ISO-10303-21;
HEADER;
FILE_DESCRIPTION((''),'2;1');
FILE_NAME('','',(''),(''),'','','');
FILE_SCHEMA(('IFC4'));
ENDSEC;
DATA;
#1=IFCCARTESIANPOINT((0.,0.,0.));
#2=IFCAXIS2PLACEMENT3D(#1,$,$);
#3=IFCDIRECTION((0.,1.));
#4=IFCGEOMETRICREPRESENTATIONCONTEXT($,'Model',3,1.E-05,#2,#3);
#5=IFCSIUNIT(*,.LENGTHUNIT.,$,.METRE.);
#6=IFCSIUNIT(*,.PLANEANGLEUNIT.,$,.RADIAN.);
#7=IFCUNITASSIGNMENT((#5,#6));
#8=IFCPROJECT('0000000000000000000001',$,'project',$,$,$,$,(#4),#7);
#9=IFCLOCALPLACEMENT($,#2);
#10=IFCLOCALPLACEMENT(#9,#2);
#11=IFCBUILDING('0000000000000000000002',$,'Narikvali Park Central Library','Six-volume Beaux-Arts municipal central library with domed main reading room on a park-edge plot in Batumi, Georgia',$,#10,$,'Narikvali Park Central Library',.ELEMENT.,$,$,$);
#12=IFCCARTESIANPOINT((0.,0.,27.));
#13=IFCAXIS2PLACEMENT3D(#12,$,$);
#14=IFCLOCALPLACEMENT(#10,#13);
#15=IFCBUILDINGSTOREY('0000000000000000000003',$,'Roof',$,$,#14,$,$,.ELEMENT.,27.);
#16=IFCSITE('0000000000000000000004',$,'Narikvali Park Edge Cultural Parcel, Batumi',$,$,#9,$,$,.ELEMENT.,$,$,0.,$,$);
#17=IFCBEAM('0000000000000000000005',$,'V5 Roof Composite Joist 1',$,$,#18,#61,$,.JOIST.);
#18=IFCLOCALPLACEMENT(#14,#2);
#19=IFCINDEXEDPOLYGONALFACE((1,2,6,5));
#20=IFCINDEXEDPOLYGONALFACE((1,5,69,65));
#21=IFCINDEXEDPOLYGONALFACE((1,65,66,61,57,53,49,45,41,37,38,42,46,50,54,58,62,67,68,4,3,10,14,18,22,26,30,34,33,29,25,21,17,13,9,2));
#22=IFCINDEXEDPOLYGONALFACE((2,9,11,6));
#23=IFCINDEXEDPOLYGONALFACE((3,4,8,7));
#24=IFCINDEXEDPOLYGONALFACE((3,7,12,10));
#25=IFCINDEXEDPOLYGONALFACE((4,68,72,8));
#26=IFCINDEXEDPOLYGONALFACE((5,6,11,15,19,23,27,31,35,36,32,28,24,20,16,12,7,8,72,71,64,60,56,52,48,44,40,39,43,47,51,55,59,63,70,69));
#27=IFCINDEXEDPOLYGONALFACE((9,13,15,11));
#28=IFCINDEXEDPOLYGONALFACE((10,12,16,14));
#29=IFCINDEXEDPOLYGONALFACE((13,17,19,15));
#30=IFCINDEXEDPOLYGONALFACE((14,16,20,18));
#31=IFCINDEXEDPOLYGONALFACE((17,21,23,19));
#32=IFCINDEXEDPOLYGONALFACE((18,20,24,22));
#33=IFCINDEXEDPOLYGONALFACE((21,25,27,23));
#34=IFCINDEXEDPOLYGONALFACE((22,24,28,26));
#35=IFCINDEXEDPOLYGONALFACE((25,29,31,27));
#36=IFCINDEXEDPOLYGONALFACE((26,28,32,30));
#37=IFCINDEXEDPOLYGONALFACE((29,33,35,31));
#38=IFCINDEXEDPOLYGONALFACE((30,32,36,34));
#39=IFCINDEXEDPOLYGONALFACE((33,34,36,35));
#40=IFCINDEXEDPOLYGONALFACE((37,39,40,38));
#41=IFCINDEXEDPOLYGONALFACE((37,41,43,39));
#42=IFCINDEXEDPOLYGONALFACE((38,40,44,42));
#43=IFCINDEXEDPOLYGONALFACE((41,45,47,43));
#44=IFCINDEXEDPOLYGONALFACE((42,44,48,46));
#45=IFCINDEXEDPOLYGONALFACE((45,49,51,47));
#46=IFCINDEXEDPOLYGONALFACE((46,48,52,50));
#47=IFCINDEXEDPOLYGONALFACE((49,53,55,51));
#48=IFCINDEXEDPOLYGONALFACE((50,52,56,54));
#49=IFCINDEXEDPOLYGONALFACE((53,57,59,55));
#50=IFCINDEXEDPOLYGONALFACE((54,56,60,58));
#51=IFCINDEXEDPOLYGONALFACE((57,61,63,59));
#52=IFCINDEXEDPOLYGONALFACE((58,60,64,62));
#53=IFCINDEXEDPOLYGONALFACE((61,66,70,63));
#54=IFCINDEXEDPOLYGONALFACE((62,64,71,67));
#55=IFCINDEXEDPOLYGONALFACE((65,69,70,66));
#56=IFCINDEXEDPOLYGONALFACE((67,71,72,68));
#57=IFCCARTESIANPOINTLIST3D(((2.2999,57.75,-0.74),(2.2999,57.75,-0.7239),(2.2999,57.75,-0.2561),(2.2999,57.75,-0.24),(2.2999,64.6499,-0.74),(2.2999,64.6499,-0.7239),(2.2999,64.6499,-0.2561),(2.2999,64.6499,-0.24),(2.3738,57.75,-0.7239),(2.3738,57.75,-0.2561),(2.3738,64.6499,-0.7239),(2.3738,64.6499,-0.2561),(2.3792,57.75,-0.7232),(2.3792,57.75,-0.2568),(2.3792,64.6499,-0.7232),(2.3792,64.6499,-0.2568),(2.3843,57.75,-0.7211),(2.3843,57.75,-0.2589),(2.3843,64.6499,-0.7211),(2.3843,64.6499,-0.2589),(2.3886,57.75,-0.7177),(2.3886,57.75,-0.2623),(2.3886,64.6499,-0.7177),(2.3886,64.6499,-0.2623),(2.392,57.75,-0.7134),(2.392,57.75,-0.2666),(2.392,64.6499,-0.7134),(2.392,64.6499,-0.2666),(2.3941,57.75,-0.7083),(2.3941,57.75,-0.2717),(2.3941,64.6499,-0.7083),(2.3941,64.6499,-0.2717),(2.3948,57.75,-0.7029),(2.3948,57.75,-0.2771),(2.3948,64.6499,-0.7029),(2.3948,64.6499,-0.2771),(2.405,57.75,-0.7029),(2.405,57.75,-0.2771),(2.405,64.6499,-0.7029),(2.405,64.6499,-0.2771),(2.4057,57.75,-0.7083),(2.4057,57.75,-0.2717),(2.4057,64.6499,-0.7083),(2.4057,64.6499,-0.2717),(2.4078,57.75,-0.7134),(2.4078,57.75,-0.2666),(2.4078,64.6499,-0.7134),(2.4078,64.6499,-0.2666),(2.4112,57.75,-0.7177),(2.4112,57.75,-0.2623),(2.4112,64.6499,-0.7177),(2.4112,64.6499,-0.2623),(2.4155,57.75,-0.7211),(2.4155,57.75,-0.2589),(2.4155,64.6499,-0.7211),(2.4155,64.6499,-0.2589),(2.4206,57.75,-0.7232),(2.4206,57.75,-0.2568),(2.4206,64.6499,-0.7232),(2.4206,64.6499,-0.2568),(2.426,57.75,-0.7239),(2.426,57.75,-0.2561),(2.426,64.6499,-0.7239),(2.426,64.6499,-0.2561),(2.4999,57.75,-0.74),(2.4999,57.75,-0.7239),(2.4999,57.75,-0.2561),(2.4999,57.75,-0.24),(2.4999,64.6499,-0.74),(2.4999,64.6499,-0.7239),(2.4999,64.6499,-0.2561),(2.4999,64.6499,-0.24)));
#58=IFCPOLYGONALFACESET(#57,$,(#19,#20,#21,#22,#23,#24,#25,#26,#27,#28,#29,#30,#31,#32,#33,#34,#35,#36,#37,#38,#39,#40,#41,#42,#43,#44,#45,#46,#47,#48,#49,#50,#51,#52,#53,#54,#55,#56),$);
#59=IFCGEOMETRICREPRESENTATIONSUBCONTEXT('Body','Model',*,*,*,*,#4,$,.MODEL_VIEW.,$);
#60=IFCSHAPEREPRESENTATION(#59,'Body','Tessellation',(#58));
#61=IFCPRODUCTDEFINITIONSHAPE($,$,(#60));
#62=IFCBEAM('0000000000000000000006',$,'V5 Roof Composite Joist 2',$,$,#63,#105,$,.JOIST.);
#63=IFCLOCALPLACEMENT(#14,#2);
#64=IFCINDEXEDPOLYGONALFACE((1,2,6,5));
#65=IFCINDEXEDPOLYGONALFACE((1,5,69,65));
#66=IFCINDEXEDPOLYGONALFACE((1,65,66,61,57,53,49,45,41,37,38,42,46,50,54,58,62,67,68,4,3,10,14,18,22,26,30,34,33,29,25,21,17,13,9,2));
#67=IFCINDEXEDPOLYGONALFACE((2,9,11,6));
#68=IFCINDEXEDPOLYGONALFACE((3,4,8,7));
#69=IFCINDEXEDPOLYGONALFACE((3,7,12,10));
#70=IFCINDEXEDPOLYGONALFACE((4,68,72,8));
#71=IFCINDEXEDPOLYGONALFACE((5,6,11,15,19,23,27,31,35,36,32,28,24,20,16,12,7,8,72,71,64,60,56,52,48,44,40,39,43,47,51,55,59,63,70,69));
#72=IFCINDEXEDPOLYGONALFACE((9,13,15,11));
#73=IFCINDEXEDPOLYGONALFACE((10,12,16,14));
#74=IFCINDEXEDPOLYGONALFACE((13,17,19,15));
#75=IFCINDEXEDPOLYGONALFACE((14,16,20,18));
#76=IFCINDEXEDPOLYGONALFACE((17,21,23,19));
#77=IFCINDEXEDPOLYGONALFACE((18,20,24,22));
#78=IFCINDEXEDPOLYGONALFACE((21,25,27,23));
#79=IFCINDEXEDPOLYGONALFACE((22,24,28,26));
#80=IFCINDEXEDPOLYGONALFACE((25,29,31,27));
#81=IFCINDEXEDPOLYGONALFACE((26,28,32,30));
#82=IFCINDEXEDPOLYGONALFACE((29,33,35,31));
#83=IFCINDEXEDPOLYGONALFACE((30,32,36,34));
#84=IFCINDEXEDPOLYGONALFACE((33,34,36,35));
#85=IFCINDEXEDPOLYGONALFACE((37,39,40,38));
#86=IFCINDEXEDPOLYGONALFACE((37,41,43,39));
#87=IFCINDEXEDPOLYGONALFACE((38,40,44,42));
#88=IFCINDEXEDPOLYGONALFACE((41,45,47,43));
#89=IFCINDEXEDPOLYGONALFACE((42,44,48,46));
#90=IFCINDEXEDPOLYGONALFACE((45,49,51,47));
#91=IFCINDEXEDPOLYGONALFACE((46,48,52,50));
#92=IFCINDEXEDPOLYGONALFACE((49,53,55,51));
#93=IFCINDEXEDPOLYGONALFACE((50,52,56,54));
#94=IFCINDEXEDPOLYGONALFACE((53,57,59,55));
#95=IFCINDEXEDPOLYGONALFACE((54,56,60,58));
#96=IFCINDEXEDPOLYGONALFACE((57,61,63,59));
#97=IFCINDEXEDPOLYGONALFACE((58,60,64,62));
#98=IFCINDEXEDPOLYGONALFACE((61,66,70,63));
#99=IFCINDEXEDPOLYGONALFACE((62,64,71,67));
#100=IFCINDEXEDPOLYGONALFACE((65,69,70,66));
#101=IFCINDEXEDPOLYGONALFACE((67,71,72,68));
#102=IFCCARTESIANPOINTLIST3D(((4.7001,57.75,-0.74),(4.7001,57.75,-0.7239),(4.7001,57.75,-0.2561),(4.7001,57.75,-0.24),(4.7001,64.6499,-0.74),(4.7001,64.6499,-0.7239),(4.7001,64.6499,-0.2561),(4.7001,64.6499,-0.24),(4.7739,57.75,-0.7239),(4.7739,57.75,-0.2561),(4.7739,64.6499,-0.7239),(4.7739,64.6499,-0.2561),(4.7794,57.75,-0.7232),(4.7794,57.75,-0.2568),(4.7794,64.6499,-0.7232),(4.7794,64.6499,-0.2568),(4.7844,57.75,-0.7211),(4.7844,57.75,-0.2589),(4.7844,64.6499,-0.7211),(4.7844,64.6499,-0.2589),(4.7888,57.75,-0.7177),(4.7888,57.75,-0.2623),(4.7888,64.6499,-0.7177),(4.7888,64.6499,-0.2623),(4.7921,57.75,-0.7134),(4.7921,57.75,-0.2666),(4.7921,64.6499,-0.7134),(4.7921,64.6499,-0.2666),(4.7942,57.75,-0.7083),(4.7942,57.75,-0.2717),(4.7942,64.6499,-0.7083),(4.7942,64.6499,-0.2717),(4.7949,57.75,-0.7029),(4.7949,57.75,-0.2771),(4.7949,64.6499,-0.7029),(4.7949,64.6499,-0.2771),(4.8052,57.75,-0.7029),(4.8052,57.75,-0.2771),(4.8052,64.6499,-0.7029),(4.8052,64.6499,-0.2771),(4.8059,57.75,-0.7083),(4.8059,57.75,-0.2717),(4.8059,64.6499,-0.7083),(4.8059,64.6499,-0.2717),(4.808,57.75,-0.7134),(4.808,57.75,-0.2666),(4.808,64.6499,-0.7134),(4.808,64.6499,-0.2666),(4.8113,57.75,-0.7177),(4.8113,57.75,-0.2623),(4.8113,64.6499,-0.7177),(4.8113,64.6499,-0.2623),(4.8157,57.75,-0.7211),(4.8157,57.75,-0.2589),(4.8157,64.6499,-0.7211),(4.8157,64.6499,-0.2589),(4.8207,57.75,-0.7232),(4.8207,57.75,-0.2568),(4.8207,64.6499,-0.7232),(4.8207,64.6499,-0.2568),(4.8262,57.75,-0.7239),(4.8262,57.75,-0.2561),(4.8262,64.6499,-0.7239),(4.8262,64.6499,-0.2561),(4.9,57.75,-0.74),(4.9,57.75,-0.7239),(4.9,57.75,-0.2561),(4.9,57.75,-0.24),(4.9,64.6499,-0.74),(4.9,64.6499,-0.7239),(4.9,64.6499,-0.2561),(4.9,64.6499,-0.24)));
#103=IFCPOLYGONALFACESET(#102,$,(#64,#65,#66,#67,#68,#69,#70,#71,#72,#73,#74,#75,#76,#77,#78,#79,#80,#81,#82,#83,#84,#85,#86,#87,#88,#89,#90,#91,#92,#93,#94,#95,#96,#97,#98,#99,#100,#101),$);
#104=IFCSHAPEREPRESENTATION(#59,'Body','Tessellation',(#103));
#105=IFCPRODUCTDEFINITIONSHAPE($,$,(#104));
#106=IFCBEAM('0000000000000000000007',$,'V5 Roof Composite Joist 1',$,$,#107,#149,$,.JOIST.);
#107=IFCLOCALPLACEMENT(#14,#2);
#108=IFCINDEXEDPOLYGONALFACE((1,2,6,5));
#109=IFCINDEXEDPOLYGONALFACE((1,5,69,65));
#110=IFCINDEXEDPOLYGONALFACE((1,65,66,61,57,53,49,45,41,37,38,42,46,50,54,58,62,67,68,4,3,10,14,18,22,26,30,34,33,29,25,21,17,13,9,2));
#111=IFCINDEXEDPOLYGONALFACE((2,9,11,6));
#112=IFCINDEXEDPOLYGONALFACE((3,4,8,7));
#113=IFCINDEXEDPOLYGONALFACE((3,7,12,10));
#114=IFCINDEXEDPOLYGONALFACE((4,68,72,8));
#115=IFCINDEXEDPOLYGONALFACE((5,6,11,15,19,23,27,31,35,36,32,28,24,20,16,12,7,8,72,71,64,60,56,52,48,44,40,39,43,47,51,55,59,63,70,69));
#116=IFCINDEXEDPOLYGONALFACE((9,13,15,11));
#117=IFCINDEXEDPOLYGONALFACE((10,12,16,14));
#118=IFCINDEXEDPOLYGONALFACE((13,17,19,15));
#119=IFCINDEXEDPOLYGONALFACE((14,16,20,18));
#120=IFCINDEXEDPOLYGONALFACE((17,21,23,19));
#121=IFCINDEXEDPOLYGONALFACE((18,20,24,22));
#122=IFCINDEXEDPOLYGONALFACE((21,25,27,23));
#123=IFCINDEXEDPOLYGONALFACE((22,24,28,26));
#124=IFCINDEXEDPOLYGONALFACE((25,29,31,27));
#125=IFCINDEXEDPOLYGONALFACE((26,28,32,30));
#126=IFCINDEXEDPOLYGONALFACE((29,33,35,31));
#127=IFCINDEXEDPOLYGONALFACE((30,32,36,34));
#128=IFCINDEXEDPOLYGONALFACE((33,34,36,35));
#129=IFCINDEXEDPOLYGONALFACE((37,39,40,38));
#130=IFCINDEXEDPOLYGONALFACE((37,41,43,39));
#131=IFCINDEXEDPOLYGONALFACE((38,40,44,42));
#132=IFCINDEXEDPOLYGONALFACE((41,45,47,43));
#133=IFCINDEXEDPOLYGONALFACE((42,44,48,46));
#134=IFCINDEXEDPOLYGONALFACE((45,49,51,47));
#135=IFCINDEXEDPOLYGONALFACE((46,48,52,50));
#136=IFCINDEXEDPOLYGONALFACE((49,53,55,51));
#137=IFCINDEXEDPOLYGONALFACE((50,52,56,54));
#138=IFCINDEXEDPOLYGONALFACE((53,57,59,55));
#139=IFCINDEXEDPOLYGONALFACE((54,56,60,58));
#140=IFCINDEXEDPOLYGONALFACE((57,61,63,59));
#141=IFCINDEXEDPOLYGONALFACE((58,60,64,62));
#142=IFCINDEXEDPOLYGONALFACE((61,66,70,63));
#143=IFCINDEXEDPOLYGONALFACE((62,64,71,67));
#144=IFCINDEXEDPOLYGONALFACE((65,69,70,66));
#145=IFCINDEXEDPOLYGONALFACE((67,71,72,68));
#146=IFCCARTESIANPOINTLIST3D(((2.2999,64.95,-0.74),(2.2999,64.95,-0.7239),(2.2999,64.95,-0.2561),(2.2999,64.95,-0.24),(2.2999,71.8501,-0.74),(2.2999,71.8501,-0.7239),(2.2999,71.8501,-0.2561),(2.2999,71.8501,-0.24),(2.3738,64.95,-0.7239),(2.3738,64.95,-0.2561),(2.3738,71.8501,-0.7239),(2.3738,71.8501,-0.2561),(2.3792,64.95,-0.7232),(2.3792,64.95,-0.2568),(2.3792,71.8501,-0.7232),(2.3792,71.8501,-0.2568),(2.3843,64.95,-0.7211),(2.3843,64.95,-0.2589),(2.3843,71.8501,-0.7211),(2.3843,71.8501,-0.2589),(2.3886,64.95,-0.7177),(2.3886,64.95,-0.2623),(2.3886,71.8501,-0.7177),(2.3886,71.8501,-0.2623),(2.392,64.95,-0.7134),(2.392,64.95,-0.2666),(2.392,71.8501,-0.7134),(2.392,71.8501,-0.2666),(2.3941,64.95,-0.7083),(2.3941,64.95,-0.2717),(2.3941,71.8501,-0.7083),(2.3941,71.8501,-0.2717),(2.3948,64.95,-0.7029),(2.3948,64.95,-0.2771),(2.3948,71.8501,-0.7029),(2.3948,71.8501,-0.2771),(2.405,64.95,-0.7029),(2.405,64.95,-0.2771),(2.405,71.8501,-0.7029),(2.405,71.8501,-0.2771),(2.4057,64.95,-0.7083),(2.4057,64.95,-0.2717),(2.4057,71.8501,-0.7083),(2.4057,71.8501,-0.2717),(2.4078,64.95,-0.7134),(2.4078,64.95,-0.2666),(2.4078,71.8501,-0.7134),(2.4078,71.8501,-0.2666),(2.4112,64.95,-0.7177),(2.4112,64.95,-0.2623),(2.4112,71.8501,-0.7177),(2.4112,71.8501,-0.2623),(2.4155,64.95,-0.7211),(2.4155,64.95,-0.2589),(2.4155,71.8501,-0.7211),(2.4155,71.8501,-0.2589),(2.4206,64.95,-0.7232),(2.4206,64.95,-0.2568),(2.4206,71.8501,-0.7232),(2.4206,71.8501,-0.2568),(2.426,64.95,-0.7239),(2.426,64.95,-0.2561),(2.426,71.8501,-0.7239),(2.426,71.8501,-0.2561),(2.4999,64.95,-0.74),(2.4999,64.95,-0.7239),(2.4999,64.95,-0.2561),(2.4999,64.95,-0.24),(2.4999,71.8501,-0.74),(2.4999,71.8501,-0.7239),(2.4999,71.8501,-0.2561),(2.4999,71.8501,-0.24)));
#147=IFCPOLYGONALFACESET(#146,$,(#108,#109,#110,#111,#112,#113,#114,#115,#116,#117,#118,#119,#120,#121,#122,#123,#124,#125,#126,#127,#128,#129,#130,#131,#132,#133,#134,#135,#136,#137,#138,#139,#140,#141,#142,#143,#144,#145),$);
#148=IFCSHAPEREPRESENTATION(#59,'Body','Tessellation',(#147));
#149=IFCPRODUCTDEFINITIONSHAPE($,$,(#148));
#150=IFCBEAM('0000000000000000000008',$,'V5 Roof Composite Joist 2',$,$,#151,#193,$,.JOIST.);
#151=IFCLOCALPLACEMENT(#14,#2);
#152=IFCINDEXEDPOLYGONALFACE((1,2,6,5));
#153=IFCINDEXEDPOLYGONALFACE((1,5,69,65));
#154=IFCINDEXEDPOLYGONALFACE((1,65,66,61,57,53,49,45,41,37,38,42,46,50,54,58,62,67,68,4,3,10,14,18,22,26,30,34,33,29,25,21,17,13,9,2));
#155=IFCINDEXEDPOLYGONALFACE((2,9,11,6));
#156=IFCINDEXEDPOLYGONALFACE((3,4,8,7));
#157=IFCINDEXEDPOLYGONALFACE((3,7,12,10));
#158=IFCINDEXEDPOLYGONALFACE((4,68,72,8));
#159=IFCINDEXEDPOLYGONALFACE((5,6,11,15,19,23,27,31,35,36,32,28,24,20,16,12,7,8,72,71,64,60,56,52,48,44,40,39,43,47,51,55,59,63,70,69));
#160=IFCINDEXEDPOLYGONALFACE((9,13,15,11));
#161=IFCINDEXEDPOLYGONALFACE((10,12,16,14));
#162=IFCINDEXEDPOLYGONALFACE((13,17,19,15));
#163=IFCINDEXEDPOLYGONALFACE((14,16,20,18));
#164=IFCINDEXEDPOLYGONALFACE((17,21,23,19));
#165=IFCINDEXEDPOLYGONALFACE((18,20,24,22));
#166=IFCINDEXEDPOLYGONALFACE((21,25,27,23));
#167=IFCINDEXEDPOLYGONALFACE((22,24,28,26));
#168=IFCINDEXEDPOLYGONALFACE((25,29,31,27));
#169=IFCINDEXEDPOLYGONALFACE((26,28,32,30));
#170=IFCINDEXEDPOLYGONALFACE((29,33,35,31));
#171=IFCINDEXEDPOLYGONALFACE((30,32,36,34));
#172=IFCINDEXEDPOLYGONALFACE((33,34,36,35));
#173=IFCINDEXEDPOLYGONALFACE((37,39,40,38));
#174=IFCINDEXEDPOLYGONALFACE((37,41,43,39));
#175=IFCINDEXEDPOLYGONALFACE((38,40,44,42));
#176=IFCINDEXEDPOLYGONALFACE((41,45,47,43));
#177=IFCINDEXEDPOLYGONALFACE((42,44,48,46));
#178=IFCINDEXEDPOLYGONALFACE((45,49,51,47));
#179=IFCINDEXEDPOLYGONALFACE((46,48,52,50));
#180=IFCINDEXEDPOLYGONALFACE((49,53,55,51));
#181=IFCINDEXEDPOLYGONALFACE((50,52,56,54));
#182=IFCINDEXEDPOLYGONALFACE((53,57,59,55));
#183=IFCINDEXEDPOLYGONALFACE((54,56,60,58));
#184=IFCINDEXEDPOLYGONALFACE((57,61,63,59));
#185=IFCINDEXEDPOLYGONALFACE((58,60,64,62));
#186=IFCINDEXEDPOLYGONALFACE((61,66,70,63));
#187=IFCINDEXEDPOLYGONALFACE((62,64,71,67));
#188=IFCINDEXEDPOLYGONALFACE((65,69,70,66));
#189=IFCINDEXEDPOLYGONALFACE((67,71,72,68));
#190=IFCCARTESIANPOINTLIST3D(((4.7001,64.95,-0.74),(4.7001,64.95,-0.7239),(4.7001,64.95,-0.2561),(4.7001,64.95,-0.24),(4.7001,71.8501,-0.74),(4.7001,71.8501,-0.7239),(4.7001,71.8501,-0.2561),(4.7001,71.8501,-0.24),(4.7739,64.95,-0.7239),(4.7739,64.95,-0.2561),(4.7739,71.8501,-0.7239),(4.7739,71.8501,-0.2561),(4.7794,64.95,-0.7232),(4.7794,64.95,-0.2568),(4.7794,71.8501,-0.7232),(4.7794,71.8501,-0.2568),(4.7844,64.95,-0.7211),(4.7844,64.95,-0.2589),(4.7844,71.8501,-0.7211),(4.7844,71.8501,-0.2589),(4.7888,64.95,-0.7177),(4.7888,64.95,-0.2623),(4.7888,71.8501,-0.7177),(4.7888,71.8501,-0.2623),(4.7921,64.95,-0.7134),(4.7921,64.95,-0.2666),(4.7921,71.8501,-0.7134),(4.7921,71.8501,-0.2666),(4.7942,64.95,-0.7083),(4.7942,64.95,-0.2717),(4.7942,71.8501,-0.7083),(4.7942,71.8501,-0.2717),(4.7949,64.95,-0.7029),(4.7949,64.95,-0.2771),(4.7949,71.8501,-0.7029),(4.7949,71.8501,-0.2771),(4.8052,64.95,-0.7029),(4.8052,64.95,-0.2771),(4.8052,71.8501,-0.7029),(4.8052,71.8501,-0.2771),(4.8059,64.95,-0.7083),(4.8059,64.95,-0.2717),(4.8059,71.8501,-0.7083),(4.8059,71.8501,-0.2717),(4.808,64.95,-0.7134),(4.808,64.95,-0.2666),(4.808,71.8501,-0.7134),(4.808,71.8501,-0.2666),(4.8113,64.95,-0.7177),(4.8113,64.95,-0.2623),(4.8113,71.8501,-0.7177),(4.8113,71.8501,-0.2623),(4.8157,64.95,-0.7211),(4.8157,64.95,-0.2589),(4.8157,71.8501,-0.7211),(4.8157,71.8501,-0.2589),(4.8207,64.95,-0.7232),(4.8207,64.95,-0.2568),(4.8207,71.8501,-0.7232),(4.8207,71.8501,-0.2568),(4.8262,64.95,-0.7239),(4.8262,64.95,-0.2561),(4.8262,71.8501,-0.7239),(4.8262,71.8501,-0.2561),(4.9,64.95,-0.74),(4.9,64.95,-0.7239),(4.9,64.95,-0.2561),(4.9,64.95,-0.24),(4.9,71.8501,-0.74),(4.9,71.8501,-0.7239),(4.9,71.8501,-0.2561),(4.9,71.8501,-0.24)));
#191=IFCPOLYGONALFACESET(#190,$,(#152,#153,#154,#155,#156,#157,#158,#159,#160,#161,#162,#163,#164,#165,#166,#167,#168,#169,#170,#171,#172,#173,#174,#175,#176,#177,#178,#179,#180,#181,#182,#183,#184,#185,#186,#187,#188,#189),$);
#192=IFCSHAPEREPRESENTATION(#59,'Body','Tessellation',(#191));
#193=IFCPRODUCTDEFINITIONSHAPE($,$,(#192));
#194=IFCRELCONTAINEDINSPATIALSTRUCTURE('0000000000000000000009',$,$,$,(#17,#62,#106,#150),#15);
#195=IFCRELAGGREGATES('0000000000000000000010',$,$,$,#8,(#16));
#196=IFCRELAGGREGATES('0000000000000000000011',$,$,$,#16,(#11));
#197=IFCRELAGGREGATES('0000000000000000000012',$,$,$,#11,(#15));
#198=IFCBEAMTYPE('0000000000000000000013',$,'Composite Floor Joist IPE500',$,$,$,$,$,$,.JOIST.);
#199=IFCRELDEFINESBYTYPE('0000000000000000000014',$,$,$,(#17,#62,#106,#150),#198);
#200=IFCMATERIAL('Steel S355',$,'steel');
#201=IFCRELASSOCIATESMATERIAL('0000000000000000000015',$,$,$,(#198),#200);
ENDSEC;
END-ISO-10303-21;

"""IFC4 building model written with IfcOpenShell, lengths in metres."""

from ifc_helpers import new_model, si_unit, direction, frame, origin, origin_2d, place, context, subcontext, project, spatial, i_section, extrude, material, material_profile, profile_set, type_object, element, save


model = new_model("IFC4")

# Units and contexts
model_context = context("Model", 3, precision=1e-05, world=origin(), true_north=direction((0.0, 1.0)))
body_context = subcontext(model_context, "Body", "Model", "MODEL_VIEW")
ifc_project = project(units=[si_unit("LENGTHUNIT", "METRE"), si_unit("PLANEANGLEUNIT", "RADIAN")], contexts=[model_context])

# Site, building, storey
site_placement = place(None, origin())
site = spatial("IfcSite", under=ifc_project, at=site_placement, Name="Narikvali Park Edge Cultural Parcel, Batumi", CompositionType="ELEMENT", RefElevation=0.0)
building_placement = place(site_placement, origin())
building = spatial("IfcBuilding", under=site, at=building_placement, Name="Narikvali Park Central Library", Description="Six-volume Beaux-Arts municipal central library with domed main reading room on a park-edge plot in Batumi, Georgia", LongName="Narikvali Park Central Library", CompositionType="ELEMENT")
storey_placement = place(building_placement, frame((0.0, 0.0, 27.0)))
storey = spatial("IfcBuildingStorey", under=building, at=storey_placement, Name="Roof", CompositionType="ELEMENT", Elevation=27.0)

# Beams
ifc_material = material(Name="Steel S355", Category="steel")
ifc_material_profile_1 = material_profile(ifc_material, i_section(OverallWidth=0.2, OverallDepth=0.5, WebThickness=0.0103, FlangeThickness=0.0161, FilletRadius=0.021, at=origin_2d()), Name="IPE 500")
ifc_profile_set_1 = profile_set([ifc_material_profile_1], Name="Steel S355")
beam_type_1 = type_object("IfcBeamType", Name="Composite Floor Joist IPE500", PredefinedType="JOIST", material=ifc_profile_set_1)
for number, where, z_axis, x_axis, name in (
    (1, (2.3999, 57.75, -0.49), (0.0, 1.0, 0.0), (-1.0, 0.0, 0.0), "V5 Roof Composite Joist 1"),
    (2, (4.8, 57.75, -0.49), (0.0, 1.0, 0.0), (-1.0, 0.0, 0.0), "V5 Roof Composite Joist 2"),
):
    element("IfcBeam", number, at=place(storey_placement, frame(where, z_axis=z_axis, x_axis=x_axis)), inside=storey, type_object=beam_type_1, Name=name, PredefinedType="JOIST", context=body_context, shape_type="SweptSolid", body=[
        extrude(i_section(OverallWidth=0.2, OverallDepth=0.5, WebThickness=0.0103, FlangeThickness=0.0161, FilletRadius=0.021, at=origin_2d()), origin(), (0.0, 0.0, 1.0), 6.8999),
    ])
for number, where, z_axis, x_axis, name in (
    (3, (2.3999, 64.95, -0.49), (0.0, 1.0, 0.0), (-1.0, 0.0, 0.0), "V5 Roof Composite Joist 1"),
    (4, (4.8, 64.95, -0.49), (0.0, 1.0, 0.0), (-1.0, 0.0, 0.0), "V5 Roof Composite Joist 2"),
):
    element("IfcBeam", number, at=place(storey_placement, frame(where, z_axis=z_axis, x_axis=x_axis)), inside=storey, type_object=beam_type_1, Name=name, PredefinedType="JOIST", context=body_context, shape_type="SweptSolid", body=[
        extrude(i_section(OverallWidth=0.2, OverallDepth=0.5, WebThickness=0.0103, FlangeThickness=0.0161, FilletRadius=0.021, at=origin_2d()), origin(), (0.0, 0.0, 1.0), 6.9001),
    ])

save(model, "model.ifc")
